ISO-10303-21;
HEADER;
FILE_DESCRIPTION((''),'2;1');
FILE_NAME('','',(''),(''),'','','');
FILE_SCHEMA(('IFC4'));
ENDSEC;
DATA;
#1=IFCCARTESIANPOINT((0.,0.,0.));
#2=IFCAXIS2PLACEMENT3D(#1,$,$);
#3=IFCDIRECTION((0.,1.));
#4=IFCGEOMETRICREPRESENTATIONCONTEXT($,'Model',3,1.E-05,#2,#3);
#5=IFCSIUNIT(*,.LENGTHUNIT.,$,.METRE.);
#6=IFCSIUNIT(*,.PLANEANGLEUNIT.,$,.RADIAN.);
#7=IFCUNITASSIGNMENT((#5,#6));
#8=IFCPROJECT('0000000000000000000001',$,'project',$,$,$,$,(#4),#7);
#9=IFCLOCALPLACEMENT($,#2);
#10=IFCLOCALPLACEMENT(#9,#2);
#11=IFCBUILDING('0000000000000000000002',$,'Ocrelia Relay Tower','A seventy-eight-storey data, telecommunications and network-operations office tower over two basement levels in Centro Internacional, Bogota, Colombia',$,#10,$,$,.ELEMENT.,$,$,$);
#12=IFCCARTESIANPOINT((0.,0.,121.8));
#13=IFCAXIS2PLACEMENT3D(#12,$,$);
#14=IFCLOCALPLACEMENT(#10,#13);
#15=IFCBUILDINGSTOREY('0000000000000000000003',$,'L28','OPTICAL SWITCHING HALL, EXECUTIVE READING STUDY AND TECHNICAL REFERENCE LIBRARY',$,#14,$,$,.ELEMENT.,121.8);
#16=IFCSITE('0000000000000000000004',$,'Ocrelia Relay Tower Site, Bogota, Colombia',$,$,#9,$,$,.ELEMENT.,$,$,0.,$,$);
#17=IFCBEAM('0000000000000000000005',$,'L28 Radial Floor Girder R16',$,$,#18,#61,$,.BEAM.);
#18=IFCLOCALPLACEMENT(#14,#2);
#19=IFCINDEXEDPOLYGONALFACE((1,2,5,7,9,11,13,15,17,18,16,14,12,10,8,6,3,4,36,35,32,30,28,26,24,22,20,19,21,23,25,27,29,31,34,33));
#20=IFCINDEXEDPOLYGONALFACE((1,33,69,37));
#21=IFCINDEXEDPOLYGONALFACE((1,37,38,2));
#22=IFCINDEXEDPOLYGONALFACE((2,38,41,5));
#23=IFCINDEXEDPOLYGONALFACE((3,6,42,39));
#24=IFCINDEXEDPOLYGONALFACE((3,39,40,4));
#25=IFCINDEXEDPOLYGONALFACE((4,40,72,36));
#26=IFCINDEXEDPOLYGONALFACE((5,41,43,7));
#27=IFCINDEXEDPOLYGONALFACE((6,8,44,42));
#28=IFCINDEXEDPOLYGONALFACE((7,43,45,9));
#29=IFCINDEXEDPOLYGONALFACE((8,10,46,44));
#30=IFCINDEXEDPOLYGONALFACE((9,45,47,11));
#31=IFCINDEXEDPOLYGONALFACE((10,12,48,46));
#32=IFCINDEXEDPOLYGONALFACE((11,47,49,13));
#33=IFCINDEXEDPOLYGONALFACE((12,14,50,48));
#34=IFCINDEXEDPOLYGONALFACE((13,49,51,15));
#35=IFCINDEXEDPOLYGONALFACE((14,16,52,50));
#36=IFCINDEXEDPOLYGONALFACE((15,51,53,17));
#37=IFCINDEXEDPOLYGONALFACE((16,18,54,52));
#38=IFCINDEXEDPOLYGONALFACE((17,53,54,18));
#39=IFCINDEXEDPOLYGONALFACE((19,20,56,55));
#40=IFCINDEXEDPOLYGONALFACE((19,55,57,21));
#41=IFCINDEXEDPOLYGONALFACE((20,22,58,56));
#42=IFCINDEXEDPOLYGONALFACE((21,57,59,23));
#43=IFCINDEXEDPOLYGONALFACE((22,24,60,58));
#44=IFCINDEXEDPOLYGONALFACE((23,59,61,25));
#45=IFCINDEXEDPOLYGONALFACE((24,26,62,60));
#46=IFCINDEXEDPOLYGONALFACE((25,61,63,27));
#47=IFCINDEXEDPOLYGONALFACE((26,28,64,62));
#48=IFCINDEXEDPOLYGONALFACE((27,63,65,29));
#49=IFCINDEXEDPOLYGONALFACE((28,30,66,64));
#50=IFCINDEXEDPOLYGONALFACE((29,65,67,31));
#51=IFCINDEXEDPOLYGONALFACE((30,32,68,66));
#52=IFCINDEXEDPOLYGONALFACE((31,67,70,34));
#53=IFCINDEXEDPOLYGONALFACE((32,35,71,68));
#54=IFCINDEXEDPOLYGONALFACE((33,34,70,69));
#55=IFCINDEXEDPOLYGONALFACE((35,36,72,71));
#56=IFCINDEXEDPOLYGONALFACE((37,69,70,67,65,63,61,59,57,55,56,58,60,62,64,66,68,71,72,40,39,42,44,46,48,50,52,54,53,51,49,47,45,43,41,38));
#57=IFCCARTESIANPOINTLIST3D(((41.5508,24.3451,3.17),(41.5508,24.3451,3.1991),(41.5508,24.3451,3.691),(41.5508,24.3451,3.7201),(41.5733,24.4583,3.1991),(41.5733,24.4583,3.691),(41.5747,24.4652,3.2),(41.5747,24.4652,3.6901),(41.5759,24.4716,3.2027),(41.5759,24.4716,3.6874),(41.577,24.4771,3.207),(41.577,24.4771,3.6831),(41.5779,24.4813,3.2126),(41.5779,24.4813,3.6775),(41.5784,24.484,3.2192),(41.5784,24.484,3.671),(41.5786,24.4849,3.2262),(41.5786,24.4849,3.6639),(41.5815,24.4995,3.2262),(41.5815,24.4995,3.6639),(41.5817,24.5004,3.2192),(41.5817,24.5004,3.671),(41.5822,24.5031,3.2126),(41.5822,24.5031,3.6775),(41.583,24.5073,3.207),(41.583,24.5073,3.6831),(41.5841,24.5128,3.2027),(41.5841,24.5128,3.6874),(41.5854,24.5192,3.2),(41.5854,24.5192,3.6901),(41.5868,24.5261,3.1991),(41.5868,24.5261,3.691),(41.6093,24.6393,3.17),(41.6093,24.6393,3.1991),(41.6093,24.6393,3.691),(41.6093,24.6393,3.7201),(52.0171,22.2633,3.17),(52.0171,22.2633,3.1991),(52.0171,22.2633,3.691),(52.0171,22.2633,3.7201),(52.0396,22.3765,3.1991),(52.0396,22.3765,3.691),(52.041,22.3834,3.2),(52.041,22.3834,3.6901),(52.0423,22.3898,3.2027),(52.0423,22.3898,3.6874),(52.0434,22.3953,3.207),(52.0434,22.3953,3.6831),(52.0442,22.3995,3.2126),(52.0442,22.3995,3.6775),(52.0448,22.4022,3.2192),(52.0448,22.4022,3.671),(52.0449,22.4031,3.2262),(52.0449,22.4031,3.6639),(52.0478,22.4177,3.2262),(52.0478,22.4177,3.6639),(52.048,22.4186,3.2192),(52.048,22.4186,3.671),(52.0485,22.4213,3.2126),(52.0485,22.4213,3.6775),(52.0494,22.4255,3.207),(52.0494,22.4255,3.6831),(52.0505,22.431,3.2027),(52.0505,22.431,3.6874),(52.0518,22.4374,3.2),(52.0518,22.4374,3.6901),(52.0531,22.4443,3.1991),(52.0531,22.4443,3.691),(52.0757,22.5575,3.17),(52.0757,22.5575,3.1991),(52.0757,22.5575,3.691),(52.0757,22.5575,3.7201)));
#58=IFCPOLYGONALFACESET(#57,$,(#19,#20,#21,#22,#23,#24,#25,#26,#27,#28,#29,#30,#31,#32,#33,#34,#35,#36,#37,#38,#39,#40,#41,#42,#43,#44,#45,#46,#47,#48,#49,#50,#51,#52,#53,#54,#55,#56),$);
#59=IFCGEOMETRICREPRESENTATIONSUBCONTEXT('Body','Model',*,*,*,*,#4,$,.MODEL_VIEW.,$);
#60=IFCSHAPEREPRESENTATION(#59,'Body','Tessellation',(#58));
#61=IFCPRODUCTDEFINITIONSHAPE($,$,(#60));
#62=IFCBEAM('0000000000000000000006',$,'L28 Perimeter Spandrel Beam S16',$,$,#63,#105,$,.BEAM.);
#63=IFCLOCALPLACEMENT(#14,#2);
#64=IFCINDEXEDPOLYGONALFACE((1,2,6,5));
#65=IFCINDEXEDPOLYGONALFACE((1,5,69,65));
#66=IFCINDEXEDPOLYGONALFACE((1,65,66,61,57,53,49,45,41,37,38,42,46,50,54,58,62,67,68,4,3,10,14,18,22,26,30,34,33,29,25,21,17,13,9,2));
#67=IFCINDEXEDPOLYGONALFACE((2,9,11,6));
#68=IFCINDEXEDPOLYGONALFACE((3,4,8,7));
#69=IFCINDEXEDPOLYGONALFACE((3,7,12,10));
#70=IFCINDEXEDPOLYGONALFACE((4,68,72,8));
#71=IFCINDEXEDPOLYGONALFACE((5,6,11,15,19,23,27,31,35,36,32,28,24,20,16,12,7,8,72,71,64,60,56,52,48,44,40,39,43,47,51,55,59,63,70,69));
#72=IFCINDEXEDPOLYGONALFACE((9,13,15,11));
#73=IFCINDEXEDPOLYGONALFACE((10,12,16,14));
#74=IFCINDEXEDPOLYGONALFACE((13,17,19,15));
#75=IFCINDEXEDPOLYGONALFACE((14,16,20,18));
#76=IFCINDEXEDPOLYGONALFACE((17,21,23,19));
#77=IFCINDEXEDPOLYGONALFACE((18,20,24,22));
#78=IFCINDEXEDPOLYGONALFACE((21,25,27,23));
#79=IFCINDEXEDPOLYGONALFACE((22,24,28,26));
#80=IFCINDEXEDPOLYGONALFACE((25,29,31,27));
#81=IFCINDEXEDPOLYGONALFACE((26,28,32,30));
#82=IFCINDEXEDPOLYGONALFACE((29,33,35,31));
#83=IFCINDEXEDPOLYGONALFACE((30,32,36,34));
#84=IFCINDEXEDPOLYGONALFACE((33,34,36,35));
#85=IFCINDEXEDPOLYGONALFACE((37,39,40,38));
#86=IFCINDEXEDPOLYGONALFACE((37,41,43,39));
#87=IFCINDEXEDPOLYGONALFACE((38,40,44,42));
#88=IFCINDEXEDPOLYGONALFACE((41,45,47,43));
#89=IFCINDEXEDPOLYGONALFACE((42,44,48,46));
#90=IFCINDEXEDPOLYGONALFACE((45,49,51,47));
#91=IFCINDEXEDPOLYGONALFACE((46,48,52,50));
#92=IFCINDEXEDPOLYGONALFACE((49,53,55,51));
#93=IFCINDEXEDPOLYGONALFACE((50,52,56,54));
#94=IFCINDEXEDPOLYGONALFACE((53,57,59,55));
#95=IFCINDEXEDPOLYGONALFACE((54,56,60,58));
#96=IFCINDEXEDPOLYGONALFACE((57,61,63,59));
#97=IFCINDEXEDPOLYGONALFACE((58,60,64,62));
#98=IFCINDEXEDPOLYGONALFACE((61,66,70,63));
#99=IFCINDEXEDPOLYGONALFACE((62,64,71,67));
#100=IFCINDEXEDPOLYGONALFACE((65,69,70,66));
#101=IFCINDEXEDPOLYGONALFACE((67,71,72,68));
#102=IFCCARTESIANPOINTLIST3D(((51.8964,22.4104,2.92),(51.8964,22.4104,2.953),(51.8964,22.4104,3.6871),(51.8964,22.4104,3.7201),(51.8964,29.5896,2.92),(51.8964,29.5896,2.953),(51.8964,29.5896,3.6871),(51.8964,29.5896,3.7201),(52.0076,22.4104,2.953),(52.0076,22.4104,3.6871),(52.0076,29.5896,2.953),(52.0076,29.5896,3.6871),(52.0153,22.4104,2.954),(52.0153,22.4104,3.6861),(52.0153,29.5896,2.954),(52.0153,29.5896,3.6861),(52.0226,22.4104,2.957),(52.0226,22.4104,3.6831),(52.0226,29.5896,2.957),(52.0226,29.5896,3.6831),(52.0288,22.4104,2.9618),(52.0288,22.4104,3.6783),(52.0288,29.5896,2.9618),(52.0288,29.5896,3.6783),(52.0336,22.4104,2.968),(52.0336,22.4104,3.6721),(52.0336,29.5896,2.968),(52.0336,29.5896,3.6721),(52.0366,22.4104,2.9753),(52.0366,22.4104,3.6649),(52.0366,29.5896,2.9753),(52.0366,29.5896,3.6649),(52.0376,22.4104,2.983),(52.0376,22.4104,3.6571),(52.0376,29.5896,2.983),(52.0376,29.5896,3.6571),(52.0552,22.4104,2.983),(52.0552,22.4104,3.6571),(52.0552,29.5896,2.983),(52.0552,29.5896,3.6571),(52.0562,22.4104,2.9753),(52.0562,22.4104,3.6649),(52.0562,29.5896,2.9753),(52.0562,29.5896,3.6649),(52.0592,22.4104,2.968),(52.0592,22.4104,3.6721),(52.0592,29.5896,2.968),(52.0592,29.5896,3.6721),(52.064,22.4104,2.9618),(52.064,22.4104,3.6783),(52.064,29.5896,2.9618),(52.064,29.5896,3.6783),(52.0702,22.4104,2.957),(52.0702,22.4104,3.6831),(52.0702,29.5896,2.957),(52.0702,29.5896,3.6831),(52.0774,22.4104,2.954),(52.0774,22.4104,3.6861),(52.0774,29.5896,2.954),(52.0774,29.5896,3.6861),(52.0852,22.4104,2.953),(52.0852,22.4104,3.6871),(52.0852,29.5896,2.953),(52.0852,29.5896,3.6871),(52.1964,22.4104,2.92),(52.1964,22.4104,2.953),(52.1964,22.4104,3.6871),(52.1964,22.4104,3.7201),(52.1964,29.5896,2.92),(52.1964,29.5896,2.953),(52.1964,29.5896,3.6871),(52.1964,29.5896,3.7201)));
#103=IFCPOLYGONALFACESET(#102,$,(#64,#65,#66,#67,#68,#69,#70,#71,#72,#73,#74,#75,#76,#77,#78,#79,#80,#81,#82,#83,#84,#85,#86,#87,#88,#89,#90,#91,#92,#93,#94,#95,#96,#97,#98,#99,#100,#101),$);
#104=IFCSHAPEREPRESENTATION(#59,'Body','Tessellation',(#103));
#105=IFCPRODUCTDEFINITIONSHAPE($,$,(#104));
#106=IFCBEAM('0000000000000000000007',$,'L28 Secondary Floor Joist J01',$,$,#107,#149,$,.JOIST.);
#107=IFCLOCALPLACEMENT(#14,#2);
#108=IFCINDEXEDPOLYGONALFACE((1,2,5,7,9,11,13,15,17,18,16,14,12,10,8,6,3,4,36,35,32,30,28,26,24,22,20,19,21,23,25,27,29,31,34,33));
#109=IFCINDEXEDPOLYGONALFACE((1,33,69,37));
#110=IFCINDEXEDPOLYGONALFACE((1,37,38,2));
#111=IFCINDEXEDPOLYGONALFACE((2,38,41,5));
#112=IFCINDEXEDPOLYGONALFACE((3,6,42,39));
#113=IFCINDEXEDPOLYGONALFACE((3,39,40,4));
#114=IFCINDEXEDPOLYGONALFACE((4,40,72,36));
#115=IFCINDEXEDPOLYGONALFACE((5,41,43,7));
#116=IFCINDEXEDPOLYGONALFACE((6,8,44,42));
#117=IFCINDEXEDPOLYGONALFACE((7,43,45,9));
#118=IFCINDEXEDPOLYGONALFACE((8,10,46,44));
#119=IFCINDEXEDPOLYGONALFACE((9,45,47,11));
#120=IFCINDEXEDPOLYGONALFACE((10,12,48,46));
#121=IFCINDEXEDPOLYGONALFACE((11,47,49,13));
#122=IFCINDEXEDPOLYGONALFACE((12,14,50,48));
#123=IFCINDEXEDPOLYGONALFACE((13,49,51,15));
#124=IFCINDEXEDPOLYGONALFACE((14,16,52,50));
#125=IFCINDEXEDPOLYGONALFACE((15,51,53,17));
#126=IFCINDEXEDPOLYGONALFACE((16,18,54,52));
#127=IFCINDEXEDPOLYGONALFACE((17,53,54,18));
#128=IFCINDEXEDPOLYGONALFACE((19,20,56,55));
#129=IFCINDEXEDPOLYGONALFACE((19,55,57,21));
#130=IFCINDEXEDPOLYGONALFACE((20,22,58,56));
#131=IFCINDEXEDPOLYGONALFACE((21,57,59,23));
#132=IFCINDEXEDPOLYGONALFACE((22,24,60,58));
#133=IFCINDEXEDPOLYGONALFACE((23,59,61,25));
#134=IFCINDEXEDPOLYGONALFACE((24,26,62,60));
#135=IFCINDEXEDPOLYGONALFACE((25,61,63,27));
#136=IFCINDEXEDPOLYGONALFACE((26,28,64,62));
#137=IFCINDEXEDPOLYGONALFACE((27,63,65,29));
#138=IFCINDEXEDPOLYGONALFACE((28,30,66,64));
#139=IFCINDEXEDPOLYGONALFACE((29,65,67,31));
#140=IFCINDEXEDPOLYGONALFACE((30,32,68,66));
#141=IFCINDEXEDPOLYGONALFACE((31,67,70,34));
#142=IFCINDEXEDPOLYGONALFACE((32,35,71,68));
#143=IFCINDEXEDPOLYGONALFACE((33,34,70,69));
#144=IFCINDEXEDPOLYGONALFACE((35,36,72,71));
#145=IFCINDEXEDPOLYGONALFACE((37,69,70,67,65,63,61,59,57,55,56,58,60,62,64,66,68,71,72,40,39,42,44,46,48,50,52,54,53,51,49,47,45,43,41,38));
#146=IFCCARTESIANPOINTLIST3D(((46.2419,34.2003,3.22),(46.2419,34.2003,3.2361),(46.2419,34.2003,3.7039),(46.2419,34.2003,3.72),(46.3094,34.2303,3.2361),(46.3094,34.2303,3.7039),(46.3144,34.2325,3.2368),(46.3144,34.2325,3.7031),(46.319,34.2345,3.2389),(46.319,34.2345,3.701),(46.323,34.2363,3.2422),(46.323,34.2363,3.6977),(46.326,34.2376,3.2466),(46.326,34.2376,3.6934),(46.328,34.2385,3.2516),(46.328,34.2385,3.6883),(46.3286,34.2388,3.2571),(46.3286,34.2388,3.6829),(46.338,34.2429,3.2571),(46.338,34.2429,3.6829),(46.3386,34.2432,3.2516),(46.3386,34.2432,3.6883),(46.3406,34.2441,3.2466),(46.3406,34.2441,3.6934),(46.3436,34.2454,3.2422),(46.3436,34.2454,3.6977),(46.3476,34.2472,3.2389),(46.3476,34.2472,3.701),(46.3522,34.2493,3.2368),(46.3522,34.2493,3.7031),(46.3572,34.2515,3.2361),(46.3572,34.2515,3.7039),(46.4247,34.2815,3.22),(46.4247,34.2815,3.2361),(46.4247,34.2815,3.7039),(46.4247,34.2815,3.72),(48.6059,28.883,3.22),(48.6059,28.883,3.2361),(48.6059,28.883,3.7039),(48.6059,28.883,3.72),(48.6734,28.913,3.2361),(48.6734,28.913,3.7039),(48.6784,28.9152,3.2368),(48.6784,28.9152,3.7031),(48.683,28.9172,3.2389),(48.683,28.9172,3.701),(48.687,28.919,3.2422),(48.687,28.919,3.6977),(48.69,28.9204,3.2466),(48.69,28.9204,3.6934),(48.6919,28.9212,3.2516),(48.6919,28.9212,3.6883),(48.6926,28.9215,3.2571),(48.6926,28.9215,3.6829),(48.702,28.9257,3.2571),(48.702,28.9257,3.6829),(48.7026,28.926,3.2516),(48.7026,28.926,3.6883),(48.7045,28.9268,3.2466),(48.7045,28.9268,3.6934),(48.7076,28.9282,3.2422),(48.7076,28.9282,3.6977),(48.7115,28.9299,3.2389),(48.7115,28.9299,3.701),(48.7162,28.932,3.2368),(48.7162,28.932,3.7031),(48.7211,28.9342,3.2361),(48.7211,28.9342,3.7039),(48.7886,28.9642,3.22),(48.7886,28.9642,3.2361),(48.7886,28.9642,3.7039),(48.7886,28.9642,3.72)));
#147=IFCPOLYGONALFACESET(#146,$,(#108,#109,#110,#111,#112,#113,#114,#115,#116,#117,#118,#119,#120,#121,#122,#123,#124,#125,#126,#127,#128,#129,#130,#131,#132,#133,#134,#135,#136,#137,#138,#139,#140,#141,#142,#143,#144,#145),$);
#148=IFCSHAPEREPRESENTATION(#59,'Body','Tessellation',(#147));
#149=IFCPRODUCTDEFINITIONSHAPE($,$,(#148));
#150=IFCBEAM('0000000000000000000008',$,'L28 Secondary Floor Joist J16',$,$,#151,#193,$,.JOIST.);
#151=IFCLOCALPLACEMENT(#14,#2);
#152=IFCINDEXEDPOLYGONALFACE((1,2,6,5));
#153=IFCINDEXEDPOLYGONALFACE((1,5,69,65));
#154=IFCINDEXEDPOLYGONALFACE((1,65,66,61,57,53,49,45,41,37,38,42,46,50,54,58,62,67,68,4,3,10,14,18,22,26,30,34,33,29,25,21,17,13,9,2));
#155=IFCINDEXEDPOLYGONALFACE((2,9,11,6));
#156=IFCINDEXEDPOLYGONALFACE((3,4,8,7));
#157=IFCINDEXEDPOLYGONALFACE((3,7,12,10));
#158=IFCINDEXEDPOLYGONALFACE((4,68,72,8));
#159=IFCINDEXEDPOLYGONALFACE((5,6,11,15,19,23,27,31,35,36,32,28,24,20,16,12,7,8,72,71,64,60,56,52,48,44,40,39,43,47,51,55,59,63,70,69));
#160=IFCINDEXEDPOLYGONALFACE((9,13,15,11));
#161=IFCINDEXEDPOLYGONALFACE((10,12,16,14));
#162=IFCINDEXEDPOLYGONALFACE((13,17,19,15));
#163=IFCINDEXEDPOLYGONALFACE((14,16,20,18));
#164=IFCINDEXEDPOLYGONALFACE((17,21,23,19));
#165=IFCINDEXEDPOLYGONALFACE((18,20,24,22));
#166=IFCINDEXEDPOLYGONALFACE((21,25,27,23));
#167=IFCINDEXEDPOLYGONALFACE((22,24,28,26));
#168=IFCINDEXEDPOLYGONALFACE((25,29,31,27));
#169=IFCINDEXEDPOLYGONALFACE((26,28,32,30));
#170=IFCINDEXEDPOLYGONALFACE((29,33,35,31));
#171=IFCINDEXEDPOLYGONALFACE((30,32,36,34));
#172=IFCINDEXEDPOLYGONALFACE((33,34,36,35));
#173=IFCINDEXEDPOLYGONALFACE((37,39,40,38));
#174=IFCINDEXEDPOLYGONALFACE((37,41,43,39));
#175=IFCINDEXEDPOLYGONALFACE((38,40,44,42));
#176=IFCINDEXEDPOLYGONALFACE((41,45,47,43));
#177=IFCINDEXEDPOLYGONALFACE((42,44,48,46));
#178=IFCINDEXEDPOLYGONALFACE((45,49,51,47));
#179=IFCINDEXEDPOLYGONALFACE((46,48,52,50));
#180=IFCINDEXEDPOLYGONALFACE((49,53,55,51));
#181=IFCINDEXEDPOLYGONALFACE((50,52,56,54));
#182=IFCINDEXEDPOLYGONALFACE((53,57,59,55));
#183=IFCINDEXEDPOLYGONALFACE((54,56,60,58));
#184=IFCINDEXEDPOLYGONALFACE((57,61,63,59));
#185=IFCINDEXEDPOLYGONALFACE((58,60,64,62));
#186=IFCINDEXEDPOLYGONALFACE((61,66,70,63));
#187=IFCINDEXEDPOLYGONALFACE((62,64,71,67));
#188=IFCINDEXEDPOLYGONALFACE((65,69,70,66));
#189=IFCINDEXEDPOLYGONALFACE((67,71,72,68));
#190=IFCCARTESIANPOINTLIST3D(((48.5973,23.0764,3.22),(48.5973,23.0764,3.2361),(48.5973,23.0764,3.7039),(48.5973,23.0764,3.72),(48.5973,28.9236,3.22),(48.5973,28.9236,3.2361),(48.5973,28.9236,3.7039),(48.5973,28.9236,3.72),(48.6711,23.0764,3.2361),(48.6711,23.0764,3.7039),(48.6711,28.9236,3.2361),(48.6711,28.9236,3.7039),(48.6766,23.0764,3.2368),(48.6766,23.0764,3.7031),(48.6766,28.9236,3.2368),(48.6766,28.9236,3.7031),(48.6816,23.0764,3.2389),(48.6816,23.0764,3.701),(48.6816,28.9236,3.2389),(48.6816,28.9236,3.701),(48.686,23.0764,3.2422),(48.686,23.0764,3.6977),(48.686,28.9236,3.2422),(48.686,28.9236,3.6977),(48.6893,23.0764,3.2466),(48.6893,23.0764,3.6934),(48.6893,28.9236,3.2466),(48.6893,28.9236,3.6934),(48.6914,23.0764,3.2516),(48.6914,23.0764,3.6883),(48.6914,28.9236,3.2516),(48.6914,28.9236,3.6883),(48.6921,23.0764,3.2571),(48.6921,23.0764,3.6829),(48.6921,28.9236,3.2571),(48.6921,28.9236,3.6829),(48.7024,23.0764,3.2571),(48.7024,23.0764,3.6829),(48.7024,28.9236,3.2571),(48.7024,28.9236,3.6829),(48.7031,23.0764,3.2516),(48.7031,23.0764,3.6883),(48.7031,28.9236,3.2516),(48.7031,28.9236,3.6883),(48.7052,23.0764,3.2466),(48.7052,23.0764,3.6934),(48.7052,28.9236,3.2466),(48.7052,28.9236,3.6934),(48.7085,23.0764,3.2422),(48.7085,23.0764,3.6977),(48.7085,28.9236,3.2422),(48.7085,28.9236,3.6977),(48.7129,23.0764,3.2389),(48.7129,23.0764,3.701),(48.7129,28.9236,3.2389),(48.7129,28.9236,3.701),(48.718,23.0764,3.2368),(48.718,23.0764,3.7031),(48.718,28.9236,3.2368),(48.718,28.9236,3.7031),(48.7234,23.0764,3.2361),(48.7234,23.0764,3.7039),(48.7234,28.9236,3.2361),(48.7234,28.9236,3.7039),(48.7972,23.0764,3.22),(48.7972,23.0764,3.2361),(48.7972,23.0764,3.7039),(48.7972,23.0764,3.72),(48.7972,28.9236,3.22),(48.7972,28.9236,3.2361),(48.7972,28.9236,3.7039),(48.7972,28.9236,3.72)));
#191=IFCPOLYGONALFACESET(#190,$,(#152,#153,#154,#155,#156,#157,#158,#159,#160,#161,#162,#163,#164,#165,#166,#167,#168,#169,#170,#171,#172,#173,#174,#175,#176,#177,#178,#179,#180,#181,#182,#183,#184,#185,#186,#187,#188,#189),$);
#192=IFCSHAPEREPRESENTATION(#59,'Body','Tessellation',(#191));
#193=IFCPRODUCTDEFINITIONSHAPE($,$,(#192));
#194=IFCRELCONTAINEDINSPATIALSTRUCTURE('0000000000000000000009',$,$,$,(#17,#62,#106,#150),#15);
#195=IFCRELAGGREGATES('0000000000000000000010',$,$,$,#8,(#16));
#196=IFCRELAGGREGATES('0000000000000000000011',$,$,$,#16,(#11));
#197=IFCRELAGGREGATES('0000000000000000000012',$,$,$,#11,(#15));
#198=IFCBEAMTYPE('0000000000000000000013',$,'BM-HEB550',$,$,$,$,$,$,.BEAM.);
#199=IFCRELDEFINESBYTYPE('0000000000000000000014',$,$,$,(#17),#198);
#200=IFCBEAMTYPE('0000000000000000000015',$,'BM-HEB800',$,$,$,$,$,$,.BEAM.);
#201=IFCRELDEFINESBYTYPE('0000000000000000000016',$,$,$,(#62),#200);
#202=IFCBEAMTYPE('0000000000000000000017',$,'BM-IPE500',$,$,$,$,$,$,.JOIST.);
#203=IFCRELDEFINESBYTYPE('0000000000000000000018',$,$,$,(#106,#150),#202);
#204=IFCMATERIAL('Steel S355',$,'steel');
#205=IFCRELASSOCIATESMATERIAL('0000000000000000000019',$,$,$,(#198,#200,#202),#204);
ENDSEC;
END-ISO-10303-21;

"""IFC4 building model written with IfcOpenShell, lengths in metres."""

from ifc_helpers import new_model, si_unit, direction, frame, origin, origin_2d, place, context, subcontext, project, spatial, i_section, extrude, material, material_profile, profile_set, type_object, element, save


model = new_model("IFC4")

# Units and contexts
model_context = context("Model", 3, precision=1e-05, world=origin(), true_north=direction((0.0, 1.0)))
body_context = subcontext(model_context, "Body", "Model", "MODEL_VIEW")
ifc_project = project(units=[si_unit("LENGTHUNIT", "METRE"), si_unit("PLANEANGLEUNIT", "RADIAN")], contexts=[model_context])

# Site, building, storey
site_placement = place(None, origin())
site = spatial("IfcSite", under=ifc_project, at=site_placement, Name="Ocrelia Relay Tower Site, Bogota, Colombia", CompositionType="ELEMENT", RefElevation=0.0)
building_placement = place(site_placement, origin())
building = spatial("IfcBuilding", under=site, at=building_placement, Name="Ocrelia Relay Tower", Description="A seventy-eight-storey data, telecommunications and network-operations office tower over two basement levels in Centro Internacional, Bogota, Colombia", CompositionType="ELEMENT")
storey_placement = place(building_placement, frame((0.0, 0.0, 121.8)))
storey = spatial("IfcBuildingStorey", under=building, at=storey_placement, Name="L28", Description="OPTICAL SWITCHING HALL, EXECUTIVE READING STUDY AND TECHNICAL REFERENCE LIBRARY", CompositionType="ELEMENT", Elevation=121.8)

# Beams
ifc_material_1 = material(Name="Steel S355", Category="steel")
ifc_material_profile_1 = material_profile(ifc_material_1, i_section(OverallWidth=0.3, OverallDepth=0.55, WebThickness=0.0149, FlangeThickness=0.0291, FilletRadius=0.0271, at=origin_2d()), Name="HEB 550")
ifc_profile_set_1 = profile_set([ifc_material_profile_1], Name="Steel S355")
beam_type_1 = type_object("IfcBeamType", Name="BM-HEB550", PredefinedType="BEAM", material=ifc_profile_set_1)
beam_1_placement = place(storey_placement, frame((52.0464, 22.4104, 3.4451), z_axis=(-0.980787, 0.195082, 0.0), x_axis=(-0.195082, -0.980787, 0.0)))
element("IfcBeam", 1, at=beam_1_placement, inside=storey, type_object=beam_type_1, Name="L28 Radial Floor Girder R16", PredefinedType="BEAM", context=body_context, shape_type="SweptSolid", body=[
    extrude(i_section(OverallWidth=0.3, OverallDepth=0.55, WebThickness=0.0149, FlangeThickness=0.0291, FilletRadius=0.0271, at=origin_2d()), origin(), (0.0, 0.0, 1.0), 10.6714),
])
ifc_material_profile_2 = material_profile(ifc_material_1, i_section(OverallWidth=0.3, OverallDepth=0.8, WebThickness=0.0176, FlangeThickness=0.033, FilletRadius=0.03, at=origin_2d()), Name="HEB 800")
ifc_profile_set_2 = profile_set([ifc_material_profile_2], Name="Steel S355")
beam_type_2 = type_object("IfcBeamType", Name="BM-HEB800", PredefinedType="BEAM", material=ifc_profile_set_2)
beam_2_placement = place(storey_placement, frame((52.0464, 22.4104, 3.3201), z_axis=(0.0, 1.0, 0.0), x_axis=(-1.0, 0.0, 0.0)))
element("IfcBeam", 2, at=beam_2_placement, inside=storey, type_object=beam_type_2, Name="L28 Perimeter Spandrel Beam S16", PredefinedType="BEAM", context=body_context, shape_type="SweptSolid", body=[
    extrude(i_section(OverallWidth=0.3, OverallDepth=0.8, WebThickness=0.0176, FlangeThickness=0.033, FilletRadius=0.03, at=origin_2d()), origin(), (0.0, 0.0, 1.0), 7.1792),
])
ifc_material_profile_3 = material_profile(ifc_material_1, i_section(OverallWidth=0.2, OverallDepth=0.5, WebThickness=0.0103, FlangeThickness=0.0161, FilletRadius=0.021, at=origin_2d()), Name="IPE 500")
ifc_profile_set_3 = profile_set([ifc_material_profile_3], Name="Steel S355")
beam_type_3 = type_object("IfcBeamType", Name="BM-IPE500", PredefinedType="JOIST", material=ifc_profile_set_3)
beam_3_placement = place(storey_placement, frame((48.6973, 28.9236, 3.47), z_axis=(-0.406244, 0.913765, 0.0), x_axis=(-0.913765, -0.406244, 0.0)))
element("IfcBeam", 3, at=beam_3_placement, inside=storey, type_object=beam_type_3, Name="L28 Secondary Floor Joist J01", PredefinedType="JOIST", context=body_context, shape_type="SweptSolid", body=[
    extrude(i_section(OverallWidth=0.2, OverallDepth=0.5, WebThickness=0.0103, FlangeThickness=0.0161, FilletRadius=0.021, at=origin_2d()), origin(), (0.0, 0.0, 1.0), 5.8191),
])
beam_4_placement = place(storey_placement, frame((48.6973, 23.0764, 3.47), z_axis=(0.0, 1.0, 0.0), x_axis=(-1.0, 0.0, 0.0)))
element("IfcBeam", 4, at=beam_4_placement, inside=storey, type_object=beam_type_3, Name="L28 Secondary Floor Joist J16", PredefinedType="JOIST", context=body_context, shape_type="SweptSolid", body=[
    extrude(i_section(OverallWidth=0.2, OverallDepth=0.5, WebThickness=0.0103, FlangeThickness=0.0161, FilletRadius=0.021, at=origin_2d()), origin(), (0.0, 0.0, 1.0), 5.8472),
])

save(model, "model.ifc")
